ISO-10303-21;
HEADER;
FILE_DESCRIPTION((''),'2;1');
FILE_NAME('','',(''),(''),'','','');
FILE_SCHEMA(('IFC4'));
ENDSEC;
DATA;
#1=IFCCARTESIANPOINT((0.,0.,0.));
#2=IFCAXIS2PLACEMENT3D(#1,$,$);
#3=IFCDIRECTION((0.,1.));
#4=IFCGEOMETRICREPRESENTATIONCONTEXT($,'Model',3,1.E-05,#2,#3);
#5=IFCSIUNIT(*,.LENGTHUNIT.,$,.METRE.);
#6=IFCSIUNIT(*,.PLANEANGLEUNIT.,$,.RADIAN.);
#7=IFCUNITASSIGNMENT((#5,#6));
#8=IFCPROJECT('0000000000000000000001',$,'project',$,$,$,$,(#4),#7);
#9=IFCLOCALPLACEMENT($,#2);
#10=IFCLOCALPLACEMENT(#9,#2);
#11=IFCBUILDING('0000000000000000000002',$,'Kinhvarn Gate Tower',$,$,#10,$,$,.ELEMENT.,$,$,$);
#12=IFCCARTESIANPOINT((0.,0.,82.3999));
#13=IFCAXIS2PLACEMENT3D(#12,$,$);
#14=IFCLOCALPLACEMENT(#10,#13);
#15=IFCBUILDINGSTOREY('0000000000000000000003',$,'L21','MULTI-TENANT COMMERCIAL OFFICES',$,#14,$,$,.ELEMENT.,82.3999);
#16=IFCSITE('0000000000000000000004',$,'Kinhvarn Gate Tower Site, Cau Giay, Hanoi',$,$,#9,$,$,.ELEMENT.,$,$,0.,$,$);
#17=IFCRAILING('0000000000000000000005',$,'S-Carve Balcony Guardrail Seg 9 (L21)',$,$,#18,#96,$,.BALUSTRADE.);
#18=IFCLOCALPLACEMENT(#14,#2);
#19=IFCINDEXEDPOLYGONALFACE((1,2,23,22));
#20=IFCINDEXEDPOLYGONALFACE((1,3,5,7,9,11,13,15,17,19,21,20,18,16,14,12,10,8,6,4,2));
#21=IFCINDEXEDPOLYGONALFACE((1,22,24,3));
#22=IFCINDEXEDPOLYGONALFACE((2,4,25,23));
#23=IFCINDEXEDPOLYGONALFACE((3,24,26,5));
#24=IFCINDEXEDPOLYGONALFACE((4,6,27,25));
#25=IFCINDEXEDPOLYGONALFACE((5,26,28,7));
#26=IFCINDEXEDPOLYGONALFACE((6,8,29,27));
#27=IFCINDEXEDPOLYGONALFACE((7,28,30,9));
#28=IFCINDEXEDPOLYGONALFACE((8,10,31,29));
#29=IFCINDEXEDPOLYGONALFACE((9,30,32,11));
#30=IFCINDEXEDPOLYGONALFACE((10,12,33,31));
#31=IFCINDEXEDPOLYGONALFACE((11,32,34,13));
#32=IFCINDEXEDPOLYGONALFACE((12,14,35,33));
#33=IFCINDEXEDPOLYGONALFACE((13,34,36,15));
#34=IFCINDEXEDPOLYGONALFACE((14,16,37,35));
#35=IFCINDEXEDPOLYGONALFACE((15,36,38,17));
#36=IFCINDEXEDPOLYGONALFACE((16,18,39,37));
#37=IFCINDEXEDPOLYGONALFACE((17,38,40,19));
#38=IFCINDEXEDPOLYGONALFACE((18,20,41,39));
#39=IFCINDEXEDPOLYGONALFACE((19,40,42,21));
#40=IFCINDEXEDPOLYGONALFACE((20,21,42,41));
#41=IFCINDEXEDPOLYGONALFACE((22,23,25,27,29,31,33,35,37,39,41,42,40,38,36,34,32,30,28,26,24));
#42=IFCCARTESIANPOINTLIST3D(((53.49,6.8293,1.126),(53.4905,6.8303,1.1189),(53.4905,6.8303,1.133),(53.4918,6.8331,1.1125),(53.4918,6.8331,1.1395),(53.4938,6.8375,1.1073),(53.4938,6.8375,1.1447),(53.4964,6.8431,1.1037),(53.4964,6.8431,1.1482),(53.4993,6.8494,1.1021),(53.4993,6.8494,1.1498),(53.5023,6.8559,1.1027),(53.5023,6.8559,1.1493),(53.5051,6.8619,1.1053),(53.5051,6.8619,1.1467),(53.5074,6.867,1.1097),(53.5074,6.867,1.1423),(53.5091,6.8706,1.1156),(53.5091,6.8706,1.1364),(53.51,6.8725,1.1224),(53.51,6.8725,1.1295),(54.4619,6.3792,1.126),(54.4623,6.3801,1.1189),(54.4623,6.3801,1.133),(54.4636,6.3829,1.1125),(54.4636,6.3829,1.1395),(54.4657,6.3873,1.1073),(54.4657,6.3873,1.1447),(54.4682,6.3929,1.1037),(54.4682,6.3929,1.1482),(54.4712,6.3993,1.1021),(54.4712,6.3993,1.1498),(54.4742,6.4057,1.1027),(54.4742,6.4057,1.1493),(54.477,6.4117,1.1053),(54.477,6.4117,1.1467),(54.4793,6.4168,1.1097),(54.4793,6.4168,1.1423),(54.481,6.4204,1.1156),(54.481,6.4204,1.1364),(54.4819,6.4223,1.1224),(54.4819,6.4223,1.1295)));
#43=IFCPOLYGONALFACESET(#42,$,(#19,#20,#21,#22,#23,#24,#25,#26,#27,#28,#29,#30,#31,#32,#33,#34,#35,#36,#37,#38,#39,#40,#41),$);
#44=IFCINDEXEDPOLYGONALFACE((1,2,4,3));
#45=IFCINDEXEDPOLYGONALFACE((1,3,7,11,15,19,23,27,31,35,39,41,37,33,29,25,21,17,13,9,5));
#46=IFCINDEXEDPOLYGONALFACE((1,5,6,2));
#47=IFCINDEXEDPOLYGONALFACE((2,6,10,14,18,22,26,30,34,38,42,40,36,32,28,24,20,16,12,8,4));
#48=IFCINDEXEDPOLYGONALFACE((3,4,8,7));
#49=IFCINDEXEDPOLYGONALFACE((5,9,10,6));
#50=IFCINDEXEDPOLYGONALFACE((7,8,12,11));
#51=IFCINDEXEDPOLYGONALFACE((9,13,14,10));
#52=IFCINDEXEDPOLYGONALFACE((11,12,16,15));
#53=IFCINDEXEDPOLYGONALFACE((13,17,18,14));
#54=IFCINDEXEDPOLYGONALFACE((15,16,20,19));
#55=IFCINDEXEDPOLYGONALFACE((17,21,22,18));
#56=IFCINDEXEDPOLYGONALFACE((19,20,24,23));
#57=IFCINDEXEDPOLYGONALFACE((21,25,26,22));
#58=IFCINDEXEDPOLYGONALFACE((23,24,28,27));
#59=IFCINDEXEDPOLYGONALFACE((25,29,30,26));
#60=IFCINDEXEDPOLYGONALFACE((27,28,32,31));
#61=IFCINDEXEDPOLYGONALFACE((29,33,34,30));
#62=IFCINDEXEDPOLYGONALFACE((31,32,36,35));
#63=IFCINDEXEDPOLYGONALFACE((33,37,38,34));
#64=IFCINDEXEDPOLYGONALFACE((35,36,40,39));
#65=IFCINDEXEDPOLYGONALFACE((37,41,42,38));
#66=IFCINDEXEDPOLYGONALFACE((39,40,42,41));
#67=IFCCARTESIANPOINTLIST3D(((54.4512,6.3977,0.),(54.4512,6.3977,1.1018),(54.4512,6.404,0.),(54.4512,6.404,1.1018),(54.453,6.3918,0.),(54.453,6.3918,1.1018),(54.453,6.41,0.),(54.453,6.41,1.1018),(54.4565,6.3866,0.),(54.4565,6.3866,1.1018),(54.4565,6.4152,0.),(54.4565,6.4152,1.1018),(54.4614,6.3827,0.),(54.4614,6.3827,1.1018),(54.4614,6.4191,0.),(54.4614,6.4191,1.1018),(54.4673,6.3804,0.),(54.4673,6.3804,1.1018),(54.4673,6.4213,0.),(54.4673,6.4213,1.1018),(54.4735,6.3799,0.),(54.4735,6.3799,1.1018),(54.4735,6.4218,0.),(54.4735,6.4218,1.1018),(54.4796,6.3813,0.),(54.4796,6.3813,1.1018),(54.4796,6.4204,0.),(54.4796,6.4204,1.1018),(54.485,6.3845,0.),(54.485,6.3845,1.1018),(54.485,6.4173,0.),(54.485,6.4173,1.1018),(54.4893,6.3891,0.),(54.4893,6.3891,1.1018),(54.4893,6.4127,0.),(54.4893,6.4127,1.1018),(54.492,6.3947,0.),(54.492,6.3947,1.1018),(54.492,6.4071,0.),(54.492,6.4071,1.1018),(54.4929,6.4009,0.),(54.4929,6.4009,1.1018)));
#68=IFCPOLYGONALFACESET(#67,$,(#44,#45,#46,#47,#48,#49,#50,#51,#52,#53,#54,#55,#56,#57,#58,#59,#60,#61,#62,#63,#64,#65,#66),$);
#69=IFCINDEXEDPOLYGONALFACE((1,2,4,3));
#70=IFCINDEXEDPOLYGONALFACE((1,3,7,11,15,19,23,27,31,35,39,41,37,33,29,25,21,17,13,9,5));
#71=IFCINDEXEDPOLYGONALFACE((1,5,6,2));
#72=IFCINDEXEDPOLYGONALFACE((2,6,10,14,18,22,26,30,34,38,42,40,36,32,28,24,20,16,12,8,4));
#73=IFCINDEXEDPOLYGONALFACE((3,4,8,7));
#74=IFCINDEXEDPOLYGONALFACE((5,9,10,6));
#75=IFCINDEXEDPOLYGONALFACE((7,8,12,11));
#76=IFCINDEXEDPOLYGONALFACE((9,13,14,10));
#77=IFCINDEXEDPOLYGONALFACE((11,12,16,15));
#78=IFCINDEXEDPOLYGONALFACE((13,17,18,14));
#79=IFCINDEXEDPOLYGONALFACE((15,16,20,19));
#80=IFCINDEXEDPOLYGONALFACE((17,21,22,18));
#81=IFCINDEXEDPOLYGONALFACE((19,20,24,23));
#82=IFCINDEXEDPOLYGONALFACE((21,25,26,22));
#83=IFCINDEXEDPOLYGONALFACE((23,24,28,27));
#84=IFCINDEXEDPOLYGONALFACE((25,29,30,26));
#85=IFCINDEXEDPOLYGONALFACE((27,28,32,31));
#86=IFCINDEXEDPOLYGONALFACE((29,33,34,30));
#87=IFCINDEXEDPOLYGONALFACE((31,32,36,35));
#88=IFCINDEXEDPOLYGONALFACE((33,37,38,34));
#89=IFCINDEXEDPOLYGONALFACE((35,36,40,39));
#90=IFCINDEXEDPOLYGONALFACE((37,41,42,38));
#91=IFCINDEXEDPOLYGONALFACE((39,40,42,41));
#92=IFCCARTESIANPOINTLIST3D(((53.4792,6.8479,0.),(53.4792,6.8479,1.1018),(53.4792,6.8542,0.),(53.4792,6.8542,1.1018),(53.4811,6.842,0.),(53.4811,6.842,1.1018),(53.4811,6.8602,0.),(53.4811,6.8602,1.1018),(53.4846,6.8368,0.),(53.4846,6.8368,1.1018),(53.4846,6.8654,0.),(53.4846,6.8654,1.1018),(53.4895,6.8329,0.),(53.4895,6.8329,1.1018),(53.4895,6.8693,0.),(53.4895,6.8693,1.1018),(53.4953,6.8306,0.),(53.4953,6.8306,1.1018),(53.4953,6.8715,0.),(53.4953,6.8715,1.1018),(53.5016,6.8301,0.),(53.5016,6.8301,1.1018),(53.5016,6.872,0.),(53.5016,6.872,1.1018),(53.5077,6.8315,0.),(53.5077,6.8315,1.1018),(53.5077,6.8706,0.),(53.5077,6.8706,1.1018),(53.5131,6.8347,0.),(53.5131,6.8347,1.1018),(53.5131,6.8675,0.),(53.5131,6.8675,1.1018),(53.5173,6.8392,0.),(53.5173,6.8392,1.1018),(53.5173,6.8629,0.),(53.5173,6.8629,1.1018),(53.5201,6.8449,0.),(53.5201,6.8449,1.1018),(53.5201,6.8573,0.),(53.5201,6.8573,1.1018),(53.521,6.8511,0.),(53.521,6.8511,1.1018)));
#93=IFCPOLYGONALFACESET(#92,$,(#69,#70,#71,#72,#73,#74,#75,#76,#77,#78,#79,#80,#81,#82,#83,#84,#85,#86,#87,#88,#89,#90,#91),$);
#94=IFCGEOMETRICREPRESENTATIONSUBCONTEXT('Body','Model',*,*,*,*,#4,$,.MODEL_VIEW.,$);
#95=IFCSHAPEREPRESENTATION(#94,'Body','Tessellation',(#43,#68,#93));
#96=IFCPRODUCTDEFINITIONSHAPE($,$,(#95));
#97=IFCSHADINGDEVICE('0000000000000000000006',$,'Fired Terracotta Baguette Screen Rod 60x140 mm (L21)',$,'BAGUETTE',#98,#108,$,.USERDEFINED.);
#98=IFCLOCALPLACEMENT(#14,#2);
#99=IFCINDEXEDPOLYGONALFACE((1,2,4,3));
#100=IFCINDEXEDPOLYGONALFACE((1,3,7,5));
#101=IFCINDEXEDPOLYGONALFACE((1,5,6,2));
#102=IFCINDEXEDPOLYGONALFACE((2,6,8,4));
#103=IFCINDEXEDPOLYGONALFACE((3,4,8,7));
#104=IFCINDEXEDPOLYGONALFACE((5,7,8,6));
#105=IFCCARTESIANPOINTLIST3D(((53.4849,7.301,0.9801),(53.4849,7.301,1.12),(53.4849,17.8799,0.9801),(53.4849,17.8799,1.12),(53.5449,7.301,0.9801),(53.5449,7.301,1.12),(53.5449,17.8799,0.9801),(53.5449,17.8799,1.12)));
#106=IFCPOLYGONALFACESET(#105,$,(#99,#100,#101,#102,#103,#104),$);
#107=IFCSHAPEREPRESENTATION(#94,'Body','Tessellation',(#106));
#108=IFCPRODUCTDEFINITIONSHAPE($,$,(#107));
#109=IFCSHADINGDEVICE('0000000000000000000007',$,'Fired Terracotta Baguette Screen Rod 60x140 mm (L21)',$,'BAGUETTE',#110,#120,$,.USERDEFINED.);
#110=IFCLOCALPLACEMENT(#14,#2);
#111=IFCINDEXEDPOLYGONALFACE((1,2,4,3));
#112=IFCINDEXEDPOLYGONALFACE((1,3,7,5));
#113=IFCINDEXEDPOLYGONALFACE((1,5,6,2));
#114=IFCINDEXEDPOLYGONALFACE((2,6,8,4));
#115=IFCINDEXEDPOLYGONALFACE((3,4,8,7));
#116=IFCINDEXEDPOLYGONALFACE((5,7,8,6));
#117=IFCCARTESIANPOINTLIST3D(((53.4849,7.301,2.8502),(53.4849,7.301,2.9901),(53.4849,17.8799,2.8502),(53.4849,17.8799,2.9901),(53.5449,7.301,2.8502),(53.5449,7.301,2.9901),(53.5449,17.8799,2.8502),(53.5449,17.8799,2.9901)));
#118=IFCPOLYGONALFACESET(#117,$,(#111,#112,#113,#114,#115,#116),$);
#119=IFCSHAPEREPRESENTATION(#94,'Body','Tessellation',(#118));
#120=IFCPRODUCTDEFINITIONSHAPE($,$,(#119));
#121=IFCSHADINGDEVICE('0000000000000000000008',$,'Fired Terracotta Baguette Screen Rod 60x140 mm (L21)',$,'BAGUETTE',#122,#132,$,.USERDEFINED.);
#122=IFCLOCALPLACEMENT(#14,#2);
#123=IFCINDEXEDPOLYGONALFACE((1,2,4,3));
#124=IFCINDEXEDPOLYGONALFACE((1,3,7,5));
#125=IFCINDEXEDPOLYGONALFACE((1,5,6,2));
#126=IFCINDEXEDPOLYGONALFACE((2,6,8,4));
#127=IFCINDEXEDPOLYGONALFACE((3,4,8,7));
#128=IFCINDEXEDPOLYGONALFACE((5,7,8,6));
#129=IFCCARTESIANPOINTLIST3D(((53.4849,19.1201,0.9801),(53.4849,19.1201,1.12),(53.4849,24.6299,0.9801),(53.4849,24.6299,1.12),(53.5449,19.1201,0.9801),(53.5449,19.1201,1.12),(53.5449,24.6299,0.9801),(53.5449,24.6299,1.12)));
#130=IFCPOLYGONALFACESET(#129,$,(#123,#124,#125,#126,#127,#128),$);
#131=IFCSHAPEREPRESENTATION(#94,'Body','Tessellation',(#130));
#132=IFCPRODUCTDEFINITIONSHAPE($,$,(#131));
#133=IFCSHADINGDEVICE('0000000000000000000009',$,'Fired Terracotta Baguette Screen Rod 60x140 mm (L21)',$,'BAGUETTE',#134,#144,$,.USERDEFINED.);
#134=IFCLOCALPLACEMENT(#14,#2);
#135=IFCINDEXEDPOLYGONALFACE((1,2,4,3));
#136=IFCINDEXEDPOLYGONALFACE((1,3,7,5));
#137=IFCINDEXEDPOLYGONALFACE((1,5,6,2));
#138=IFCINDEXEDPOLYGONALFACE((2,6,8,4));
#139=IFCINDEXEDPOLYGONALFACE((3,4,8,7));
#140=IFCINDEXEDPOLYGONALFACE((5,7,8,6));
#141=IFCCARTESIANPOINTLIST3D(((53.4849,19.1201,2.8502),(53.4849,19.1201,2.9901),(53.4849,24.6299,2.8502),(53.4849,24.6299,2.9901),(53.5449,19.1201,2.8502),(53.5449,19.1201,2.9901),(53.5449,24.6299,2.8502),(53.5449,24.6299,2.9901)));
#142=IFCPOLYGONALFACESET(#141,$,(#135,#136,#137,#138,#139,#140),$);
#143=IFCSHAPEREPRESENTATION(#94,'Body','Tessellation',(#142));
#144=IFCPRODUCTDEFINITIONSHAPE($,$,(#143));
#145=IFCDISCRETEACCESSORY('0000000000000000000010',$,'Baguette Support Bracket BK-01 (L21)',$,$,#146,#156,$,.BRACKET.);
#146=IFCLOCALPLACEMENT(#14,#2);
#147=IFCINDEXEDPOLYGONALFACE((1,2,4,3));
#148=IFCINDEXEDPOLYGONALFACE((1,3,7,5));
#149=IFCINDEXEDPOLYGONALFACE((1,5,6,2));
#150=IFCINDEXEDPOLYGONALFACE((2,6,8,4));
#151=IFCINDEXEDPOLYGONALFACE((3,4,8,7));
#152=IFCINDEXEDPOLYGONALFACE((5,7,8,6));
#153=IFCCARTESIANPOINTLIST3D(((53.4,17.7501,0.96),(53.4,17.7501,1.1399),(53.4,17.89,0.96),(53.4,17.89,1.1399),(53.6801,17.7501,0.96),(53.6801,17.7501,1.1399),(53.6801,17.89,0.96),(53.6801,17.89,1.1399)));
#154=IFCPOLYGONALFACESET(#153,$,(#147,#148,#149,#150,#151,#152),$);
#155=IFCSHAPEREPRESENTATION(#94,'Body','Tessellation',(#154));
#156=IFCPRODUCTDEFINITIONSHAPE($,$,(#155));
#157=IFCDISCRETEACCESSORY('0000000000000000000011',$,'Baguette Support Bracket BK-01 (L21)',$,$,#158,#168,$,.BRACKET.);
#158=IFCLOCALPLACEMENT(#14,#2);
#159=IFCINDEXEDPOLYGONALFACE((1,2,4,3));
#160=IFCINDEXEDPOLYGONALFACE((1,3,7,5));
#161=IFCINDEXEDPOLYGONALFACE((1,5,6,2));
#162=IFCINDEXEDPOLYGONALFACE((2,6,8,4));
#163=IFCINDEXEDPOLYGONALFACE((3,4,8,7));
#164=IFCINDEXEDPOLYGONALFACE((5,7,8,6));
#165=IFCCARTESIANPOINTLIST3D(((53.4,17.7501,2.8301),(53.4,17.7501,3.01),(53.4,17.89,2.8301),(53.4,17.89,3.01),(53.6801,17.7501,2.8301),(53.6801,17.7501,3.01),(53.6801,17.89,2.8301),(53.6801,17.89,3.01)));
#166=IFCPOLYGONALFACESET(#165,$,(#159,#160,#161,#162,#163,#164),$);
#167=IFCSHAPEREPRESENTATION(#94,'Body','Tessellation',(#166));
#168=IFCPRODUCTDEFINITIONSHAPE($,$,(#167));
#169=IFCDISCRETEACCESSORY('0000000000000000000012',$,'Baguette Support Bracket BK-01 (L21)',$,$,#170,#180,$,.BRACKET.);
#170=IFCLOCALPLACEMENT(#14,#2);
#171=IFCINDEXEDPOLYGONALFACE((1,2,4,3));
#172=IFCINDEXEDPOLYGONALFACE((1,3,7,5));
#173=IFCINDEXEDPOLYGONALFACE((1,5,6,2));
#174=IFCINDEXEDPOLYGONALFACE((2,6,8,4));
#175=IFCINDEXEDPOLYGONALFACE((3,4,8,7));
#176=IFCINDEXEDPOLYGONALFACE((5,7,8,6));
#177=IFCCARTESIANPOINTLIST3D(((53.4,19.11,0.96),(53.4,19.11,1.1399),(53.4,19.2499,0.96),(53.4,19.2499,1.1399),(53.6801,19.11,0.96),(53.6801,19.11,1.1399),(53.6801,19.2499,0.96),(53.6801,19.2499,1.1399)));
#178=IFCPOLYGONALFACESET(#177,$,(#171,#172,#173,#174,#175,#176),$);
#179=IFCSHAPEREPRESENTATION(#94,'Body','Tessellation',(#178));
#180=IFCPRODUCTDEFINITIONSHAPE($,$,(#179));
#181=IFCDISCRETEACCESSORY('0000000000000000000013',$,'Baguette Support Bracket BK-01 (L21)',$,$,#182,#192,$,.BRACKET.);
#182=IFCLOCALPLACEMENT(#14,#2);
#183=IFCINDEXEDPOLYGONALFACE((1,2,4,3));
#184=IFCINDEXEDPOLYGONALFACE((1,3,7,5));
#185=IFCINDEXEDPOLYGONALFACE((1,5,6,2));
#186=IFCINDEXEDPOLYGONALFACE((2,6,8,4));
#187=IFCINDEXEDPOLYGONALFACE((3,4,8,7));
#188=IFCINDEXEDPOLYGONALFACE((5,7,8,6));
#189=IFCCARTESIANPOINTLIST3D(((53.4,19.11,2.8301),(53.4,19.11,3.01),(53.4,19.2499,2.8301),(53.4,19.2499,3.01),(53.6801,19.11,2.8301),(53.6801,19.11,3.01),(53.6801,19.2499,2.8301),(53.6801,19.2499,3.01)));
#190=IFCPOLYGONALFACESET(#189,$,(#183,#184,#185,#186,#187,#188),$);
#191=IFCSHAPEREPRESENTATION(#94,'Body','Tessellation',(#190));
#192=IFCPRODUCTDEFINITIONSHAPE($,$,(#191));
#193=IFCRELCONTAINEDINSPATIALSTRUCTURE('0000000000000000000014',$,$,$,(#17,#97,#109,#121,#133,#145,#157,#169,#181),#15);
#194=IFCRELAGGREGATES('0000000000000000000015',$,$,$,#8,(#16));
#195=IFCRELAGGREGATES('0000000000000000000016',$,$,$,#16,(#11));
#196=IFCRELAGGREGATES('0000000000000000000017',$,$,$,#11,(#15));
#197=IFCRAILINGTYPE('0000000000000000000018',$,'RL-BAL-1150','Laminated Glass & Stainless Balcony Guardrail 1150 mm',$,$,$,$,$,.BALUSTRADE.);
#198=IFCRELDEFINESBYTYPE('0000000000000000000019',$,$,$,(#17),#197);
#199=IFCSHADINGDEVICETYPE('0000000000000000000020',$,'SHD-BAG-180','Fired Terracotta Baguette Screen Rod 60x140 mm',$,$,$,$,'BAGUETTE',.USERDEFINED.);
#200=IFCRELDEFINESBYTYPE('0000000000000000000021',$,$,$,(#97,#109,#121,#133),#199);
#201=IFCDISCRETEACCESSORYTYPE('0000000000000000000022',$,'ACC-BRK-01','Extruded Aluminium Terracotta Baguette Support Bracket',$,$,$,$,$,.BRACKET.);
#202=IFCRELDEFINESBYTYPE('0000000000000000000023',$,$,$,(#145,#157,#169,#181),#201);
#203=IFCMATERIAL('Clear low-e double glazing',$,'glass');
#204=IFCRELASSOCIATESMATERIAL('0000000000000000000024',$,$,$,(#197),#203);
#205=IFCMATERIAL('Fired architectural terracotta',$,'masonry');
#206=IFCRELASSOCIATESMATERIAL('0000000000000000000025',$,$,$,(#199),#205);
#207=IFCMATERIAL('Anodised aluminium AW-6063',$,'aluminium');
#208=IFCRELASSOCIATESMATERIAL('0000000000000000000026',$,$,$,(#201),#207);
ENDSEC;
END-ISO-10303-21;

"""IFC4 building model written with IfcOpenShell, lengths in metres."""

from ifc_helpers import new_model, si_unit, direction, frame, origin, origin_2d, place, context, subcontext, project, spatial, rectangle, circle, extrude, material, material_profile, profile_set, type_object, element, save


model = new_model("IFC4")

# Units and contexts
model_context = context("Model", 3, precision=1e-05, world=origin(), true_north=direction((0.0, 1.0)))
body_context = subcontext(model_context, "Body", "Model", "MODEL_VIEW")
ifc_project = project(units=[si_unit("LENGTHUNIT", "METRE"), si_unit("PLANEANGLEUNIT", "RADIAN")], contexts=[model_context])

# Site, building, storey
site_placement = place(None, origin())
site = spatial("IfcSite", under=ifc_project, at=site_placement, Name="Kinhvarn Gate Tower Site, Cau Giay, Hanoi", CompositionType="ELEMENT", RefElevation=0.0)
building_placement = place(site_placement, origin())
building = spatial("IfcBuilding", under=site, at=building_placement, Name="Kinhvarn Gate Tower", CompositionType="ELEMENT")
storey_placement = place(building_placement, frame((0.0, 0.0, 82.3999)))
storey = spatial("IfcBuildingStorey", under=building, at=storey_placement, Name="L21", Description="MULTI-TENANT COMMERCIAL OFFICES", CompositionType="ELEMENT", Elevation=82.3999)

# Shared definitions
ifc_material_1 = material(Name="Anodised aluminium AW-6063", Category="aluminium")

# Shared definitions
ifc_material_2 = material(Name="Clear low-e double glazing", Category="glass")

# Railing
railing_type = type_object("IfcRailingType", Name="RL-BAL-1150", Description="Laminated Glass & Stainless Balcony Guardrail 1150 mm", PredefinedType="BALUSTRADE", material=ifc_material_2)
railing_placement = place(storey_placement, frame((54.4719, 6.4009, 0.0)))
element("IfcRailing", 1, at=railing_placement, inside=storey, type_object=railing_type, Name="S-Carve Balcony Guardrail Seg 9 (L21)", PredefinedType="BALUSTRADE", context=body_context, shape_type="SweptSolid", body=[
    extrude(circle(Radius=0.0239, at=origin_2d()), frame((0.0, 0.0, 1.126), z_axis=(-0.907385, 0.420301, 0.0), x_axis=(-0.420301, -0.907385, 0.0)), (0.0, 0.0, 1.0), 1.071),
    extrude(circle(Radius=0.021, at=origin_2d()), origin(), (0.0, 0.0, 1.0), 1.1018),
    extrude(circle(Radius=0.021, at=origin_2d()), frame((-0.9719, 0.4502, 0.0)), (0.0, 0.0, 1.0), 1.1018),
])

# Shading devices
ifc_material_3 = material(Name="Fired architectural terracotta", Category="masonry")
ifc_material_profile_1 = material_profile(ifc_material_3, rectangle(XDim=0.0601, YDim=0.1399, at=origin_2d()), Name="TC 60x140")
ifc_profile_set_1 = profile_set([ifc_material_profile_1], Name="Fired architectural terracotta")
shading_device_type = type_object("IfcShadingDeviceType", Name="SHD-BAG-180", Description="Fired Terracotta Baguette Screen Rod 60x140 mm", ElementType="BAGUETTE", PredefinedType="USERDEFINED", material=ifc_profile_set_1)
for number, where, z_axis, x_axis, name in (
    (2, (53.5149, 7.301, 1.05), (0.0, 1.0, 0.0), (-1.0, 0.0, 0.0), "Fired Terracotta Baguette Screen Rod 60x140 mm (L21)"),
    (3, (53.5149, 7.301, 2.9202), (0.0, 1.0, 0.0), (-1.0, 0.0, 0.0), "Fired Terracotta Baguette Screen Rod 60x140 mm (L21)"),
):
    element("IfcShadingDevice", number, at=place(storey_placement, frame(where, z_axis=z_axis, x_axis=x_axis)), inside=storey, type_object=shading_device_type, Name=name, ObjectType="BAGUETTE", PredefinedType="USERDEFINED", context=body_context, shape_type="SweptSolid", body=[
        extrude(rectangle(XDim=0.0601, YDim=0.1399, at=origin_2d()), origin(), (0.0, 0.0, 1.0), 10.5789),
    ])
for number, where, z_axis, x_axis, name in (
    (4, (53.5149, 19.1201, 1.05), (0.0, 1.0, 0.0), (-1.0, 0.0, 0.0), "Fired Terracotta Baguette Screen Rod 60x140 mm (L21)"),
    (5, (53.5149, 19.1201, 2.9202), (0.0, 1.0, 0.0), (-1.0, 0.0, 0.0), "Fired Terracotta Baguette Screen Rod 60x140 mm (L21)"),
):
    element("IfcShadingDevice", number, at=place(storey_placement, frame(where, z_axis=z_axis, x_axis=x_axis)), inside=storey, type_object=shading_device_type, Name=name, ObjectType="BAGUETTE", PredefinedType="USERDEFINED", context=body_context, shape_type="SweptSolid", body=[
        extrude(rectangle(XDim=0.0601, YDim=0.1399, at=origin_2d()), origin(), (0.0, 0.0, 1.0), 5.5098),
    ])

# Discrete accessories
discrete_accessory_type = type_object("IfcDiscreteAccessoryType", Name="ACC-BRK-01", Description="Extruded Aluminium Terracotta Baguette Support Bracket", PredefinedType="BRACKET", material=ifc_material_1)
for number, where, z_axis, x_axis, name in (
    (6, (53.54, 17.8201, 0.96), (0.0, 0.0, 1.0), (0.0, 1.0, 0.0), "Baguette Support Bracket BK-01 (L21)"),
    (7, (53.54, 17.8201, 2.8301), (0.0, 0.0, 1.0), (0.0, 1.0, 0.0), "Baguette Support Bracket BK-01 (L21)"),
    (8, (53.54, 19.1799, 0.96), (0.0, 0.0, 1.0), (0.0, 1.0, 0.0), "Baguette Support Bracket BK-01 (L21)"),
    (9, (53.54, 19.1799, 2.8301), (0.0, 0.0, 1.0), (0.0, 1.0, 0.0), "Baguette Support Bracket BK-01 (L21)"),
):
    element("IfcDiscreteAccessory", number, at=place(storey_placement, frame(where, z_axis=z_axis, x_axis=x_axis)), inside=storey, type_object=discrete_accessory_type, Name=name, PredefinedType="BRACKET", context=body_context, shape_type="SweptSolid", body=[
        extrude(rectangle(XDim=0.1399, YDim=0.28, at=origin_2d()), origin(), (0.0, 0.0, 1.0), 0.1799),
    ])

save(model, "model.ifc")
